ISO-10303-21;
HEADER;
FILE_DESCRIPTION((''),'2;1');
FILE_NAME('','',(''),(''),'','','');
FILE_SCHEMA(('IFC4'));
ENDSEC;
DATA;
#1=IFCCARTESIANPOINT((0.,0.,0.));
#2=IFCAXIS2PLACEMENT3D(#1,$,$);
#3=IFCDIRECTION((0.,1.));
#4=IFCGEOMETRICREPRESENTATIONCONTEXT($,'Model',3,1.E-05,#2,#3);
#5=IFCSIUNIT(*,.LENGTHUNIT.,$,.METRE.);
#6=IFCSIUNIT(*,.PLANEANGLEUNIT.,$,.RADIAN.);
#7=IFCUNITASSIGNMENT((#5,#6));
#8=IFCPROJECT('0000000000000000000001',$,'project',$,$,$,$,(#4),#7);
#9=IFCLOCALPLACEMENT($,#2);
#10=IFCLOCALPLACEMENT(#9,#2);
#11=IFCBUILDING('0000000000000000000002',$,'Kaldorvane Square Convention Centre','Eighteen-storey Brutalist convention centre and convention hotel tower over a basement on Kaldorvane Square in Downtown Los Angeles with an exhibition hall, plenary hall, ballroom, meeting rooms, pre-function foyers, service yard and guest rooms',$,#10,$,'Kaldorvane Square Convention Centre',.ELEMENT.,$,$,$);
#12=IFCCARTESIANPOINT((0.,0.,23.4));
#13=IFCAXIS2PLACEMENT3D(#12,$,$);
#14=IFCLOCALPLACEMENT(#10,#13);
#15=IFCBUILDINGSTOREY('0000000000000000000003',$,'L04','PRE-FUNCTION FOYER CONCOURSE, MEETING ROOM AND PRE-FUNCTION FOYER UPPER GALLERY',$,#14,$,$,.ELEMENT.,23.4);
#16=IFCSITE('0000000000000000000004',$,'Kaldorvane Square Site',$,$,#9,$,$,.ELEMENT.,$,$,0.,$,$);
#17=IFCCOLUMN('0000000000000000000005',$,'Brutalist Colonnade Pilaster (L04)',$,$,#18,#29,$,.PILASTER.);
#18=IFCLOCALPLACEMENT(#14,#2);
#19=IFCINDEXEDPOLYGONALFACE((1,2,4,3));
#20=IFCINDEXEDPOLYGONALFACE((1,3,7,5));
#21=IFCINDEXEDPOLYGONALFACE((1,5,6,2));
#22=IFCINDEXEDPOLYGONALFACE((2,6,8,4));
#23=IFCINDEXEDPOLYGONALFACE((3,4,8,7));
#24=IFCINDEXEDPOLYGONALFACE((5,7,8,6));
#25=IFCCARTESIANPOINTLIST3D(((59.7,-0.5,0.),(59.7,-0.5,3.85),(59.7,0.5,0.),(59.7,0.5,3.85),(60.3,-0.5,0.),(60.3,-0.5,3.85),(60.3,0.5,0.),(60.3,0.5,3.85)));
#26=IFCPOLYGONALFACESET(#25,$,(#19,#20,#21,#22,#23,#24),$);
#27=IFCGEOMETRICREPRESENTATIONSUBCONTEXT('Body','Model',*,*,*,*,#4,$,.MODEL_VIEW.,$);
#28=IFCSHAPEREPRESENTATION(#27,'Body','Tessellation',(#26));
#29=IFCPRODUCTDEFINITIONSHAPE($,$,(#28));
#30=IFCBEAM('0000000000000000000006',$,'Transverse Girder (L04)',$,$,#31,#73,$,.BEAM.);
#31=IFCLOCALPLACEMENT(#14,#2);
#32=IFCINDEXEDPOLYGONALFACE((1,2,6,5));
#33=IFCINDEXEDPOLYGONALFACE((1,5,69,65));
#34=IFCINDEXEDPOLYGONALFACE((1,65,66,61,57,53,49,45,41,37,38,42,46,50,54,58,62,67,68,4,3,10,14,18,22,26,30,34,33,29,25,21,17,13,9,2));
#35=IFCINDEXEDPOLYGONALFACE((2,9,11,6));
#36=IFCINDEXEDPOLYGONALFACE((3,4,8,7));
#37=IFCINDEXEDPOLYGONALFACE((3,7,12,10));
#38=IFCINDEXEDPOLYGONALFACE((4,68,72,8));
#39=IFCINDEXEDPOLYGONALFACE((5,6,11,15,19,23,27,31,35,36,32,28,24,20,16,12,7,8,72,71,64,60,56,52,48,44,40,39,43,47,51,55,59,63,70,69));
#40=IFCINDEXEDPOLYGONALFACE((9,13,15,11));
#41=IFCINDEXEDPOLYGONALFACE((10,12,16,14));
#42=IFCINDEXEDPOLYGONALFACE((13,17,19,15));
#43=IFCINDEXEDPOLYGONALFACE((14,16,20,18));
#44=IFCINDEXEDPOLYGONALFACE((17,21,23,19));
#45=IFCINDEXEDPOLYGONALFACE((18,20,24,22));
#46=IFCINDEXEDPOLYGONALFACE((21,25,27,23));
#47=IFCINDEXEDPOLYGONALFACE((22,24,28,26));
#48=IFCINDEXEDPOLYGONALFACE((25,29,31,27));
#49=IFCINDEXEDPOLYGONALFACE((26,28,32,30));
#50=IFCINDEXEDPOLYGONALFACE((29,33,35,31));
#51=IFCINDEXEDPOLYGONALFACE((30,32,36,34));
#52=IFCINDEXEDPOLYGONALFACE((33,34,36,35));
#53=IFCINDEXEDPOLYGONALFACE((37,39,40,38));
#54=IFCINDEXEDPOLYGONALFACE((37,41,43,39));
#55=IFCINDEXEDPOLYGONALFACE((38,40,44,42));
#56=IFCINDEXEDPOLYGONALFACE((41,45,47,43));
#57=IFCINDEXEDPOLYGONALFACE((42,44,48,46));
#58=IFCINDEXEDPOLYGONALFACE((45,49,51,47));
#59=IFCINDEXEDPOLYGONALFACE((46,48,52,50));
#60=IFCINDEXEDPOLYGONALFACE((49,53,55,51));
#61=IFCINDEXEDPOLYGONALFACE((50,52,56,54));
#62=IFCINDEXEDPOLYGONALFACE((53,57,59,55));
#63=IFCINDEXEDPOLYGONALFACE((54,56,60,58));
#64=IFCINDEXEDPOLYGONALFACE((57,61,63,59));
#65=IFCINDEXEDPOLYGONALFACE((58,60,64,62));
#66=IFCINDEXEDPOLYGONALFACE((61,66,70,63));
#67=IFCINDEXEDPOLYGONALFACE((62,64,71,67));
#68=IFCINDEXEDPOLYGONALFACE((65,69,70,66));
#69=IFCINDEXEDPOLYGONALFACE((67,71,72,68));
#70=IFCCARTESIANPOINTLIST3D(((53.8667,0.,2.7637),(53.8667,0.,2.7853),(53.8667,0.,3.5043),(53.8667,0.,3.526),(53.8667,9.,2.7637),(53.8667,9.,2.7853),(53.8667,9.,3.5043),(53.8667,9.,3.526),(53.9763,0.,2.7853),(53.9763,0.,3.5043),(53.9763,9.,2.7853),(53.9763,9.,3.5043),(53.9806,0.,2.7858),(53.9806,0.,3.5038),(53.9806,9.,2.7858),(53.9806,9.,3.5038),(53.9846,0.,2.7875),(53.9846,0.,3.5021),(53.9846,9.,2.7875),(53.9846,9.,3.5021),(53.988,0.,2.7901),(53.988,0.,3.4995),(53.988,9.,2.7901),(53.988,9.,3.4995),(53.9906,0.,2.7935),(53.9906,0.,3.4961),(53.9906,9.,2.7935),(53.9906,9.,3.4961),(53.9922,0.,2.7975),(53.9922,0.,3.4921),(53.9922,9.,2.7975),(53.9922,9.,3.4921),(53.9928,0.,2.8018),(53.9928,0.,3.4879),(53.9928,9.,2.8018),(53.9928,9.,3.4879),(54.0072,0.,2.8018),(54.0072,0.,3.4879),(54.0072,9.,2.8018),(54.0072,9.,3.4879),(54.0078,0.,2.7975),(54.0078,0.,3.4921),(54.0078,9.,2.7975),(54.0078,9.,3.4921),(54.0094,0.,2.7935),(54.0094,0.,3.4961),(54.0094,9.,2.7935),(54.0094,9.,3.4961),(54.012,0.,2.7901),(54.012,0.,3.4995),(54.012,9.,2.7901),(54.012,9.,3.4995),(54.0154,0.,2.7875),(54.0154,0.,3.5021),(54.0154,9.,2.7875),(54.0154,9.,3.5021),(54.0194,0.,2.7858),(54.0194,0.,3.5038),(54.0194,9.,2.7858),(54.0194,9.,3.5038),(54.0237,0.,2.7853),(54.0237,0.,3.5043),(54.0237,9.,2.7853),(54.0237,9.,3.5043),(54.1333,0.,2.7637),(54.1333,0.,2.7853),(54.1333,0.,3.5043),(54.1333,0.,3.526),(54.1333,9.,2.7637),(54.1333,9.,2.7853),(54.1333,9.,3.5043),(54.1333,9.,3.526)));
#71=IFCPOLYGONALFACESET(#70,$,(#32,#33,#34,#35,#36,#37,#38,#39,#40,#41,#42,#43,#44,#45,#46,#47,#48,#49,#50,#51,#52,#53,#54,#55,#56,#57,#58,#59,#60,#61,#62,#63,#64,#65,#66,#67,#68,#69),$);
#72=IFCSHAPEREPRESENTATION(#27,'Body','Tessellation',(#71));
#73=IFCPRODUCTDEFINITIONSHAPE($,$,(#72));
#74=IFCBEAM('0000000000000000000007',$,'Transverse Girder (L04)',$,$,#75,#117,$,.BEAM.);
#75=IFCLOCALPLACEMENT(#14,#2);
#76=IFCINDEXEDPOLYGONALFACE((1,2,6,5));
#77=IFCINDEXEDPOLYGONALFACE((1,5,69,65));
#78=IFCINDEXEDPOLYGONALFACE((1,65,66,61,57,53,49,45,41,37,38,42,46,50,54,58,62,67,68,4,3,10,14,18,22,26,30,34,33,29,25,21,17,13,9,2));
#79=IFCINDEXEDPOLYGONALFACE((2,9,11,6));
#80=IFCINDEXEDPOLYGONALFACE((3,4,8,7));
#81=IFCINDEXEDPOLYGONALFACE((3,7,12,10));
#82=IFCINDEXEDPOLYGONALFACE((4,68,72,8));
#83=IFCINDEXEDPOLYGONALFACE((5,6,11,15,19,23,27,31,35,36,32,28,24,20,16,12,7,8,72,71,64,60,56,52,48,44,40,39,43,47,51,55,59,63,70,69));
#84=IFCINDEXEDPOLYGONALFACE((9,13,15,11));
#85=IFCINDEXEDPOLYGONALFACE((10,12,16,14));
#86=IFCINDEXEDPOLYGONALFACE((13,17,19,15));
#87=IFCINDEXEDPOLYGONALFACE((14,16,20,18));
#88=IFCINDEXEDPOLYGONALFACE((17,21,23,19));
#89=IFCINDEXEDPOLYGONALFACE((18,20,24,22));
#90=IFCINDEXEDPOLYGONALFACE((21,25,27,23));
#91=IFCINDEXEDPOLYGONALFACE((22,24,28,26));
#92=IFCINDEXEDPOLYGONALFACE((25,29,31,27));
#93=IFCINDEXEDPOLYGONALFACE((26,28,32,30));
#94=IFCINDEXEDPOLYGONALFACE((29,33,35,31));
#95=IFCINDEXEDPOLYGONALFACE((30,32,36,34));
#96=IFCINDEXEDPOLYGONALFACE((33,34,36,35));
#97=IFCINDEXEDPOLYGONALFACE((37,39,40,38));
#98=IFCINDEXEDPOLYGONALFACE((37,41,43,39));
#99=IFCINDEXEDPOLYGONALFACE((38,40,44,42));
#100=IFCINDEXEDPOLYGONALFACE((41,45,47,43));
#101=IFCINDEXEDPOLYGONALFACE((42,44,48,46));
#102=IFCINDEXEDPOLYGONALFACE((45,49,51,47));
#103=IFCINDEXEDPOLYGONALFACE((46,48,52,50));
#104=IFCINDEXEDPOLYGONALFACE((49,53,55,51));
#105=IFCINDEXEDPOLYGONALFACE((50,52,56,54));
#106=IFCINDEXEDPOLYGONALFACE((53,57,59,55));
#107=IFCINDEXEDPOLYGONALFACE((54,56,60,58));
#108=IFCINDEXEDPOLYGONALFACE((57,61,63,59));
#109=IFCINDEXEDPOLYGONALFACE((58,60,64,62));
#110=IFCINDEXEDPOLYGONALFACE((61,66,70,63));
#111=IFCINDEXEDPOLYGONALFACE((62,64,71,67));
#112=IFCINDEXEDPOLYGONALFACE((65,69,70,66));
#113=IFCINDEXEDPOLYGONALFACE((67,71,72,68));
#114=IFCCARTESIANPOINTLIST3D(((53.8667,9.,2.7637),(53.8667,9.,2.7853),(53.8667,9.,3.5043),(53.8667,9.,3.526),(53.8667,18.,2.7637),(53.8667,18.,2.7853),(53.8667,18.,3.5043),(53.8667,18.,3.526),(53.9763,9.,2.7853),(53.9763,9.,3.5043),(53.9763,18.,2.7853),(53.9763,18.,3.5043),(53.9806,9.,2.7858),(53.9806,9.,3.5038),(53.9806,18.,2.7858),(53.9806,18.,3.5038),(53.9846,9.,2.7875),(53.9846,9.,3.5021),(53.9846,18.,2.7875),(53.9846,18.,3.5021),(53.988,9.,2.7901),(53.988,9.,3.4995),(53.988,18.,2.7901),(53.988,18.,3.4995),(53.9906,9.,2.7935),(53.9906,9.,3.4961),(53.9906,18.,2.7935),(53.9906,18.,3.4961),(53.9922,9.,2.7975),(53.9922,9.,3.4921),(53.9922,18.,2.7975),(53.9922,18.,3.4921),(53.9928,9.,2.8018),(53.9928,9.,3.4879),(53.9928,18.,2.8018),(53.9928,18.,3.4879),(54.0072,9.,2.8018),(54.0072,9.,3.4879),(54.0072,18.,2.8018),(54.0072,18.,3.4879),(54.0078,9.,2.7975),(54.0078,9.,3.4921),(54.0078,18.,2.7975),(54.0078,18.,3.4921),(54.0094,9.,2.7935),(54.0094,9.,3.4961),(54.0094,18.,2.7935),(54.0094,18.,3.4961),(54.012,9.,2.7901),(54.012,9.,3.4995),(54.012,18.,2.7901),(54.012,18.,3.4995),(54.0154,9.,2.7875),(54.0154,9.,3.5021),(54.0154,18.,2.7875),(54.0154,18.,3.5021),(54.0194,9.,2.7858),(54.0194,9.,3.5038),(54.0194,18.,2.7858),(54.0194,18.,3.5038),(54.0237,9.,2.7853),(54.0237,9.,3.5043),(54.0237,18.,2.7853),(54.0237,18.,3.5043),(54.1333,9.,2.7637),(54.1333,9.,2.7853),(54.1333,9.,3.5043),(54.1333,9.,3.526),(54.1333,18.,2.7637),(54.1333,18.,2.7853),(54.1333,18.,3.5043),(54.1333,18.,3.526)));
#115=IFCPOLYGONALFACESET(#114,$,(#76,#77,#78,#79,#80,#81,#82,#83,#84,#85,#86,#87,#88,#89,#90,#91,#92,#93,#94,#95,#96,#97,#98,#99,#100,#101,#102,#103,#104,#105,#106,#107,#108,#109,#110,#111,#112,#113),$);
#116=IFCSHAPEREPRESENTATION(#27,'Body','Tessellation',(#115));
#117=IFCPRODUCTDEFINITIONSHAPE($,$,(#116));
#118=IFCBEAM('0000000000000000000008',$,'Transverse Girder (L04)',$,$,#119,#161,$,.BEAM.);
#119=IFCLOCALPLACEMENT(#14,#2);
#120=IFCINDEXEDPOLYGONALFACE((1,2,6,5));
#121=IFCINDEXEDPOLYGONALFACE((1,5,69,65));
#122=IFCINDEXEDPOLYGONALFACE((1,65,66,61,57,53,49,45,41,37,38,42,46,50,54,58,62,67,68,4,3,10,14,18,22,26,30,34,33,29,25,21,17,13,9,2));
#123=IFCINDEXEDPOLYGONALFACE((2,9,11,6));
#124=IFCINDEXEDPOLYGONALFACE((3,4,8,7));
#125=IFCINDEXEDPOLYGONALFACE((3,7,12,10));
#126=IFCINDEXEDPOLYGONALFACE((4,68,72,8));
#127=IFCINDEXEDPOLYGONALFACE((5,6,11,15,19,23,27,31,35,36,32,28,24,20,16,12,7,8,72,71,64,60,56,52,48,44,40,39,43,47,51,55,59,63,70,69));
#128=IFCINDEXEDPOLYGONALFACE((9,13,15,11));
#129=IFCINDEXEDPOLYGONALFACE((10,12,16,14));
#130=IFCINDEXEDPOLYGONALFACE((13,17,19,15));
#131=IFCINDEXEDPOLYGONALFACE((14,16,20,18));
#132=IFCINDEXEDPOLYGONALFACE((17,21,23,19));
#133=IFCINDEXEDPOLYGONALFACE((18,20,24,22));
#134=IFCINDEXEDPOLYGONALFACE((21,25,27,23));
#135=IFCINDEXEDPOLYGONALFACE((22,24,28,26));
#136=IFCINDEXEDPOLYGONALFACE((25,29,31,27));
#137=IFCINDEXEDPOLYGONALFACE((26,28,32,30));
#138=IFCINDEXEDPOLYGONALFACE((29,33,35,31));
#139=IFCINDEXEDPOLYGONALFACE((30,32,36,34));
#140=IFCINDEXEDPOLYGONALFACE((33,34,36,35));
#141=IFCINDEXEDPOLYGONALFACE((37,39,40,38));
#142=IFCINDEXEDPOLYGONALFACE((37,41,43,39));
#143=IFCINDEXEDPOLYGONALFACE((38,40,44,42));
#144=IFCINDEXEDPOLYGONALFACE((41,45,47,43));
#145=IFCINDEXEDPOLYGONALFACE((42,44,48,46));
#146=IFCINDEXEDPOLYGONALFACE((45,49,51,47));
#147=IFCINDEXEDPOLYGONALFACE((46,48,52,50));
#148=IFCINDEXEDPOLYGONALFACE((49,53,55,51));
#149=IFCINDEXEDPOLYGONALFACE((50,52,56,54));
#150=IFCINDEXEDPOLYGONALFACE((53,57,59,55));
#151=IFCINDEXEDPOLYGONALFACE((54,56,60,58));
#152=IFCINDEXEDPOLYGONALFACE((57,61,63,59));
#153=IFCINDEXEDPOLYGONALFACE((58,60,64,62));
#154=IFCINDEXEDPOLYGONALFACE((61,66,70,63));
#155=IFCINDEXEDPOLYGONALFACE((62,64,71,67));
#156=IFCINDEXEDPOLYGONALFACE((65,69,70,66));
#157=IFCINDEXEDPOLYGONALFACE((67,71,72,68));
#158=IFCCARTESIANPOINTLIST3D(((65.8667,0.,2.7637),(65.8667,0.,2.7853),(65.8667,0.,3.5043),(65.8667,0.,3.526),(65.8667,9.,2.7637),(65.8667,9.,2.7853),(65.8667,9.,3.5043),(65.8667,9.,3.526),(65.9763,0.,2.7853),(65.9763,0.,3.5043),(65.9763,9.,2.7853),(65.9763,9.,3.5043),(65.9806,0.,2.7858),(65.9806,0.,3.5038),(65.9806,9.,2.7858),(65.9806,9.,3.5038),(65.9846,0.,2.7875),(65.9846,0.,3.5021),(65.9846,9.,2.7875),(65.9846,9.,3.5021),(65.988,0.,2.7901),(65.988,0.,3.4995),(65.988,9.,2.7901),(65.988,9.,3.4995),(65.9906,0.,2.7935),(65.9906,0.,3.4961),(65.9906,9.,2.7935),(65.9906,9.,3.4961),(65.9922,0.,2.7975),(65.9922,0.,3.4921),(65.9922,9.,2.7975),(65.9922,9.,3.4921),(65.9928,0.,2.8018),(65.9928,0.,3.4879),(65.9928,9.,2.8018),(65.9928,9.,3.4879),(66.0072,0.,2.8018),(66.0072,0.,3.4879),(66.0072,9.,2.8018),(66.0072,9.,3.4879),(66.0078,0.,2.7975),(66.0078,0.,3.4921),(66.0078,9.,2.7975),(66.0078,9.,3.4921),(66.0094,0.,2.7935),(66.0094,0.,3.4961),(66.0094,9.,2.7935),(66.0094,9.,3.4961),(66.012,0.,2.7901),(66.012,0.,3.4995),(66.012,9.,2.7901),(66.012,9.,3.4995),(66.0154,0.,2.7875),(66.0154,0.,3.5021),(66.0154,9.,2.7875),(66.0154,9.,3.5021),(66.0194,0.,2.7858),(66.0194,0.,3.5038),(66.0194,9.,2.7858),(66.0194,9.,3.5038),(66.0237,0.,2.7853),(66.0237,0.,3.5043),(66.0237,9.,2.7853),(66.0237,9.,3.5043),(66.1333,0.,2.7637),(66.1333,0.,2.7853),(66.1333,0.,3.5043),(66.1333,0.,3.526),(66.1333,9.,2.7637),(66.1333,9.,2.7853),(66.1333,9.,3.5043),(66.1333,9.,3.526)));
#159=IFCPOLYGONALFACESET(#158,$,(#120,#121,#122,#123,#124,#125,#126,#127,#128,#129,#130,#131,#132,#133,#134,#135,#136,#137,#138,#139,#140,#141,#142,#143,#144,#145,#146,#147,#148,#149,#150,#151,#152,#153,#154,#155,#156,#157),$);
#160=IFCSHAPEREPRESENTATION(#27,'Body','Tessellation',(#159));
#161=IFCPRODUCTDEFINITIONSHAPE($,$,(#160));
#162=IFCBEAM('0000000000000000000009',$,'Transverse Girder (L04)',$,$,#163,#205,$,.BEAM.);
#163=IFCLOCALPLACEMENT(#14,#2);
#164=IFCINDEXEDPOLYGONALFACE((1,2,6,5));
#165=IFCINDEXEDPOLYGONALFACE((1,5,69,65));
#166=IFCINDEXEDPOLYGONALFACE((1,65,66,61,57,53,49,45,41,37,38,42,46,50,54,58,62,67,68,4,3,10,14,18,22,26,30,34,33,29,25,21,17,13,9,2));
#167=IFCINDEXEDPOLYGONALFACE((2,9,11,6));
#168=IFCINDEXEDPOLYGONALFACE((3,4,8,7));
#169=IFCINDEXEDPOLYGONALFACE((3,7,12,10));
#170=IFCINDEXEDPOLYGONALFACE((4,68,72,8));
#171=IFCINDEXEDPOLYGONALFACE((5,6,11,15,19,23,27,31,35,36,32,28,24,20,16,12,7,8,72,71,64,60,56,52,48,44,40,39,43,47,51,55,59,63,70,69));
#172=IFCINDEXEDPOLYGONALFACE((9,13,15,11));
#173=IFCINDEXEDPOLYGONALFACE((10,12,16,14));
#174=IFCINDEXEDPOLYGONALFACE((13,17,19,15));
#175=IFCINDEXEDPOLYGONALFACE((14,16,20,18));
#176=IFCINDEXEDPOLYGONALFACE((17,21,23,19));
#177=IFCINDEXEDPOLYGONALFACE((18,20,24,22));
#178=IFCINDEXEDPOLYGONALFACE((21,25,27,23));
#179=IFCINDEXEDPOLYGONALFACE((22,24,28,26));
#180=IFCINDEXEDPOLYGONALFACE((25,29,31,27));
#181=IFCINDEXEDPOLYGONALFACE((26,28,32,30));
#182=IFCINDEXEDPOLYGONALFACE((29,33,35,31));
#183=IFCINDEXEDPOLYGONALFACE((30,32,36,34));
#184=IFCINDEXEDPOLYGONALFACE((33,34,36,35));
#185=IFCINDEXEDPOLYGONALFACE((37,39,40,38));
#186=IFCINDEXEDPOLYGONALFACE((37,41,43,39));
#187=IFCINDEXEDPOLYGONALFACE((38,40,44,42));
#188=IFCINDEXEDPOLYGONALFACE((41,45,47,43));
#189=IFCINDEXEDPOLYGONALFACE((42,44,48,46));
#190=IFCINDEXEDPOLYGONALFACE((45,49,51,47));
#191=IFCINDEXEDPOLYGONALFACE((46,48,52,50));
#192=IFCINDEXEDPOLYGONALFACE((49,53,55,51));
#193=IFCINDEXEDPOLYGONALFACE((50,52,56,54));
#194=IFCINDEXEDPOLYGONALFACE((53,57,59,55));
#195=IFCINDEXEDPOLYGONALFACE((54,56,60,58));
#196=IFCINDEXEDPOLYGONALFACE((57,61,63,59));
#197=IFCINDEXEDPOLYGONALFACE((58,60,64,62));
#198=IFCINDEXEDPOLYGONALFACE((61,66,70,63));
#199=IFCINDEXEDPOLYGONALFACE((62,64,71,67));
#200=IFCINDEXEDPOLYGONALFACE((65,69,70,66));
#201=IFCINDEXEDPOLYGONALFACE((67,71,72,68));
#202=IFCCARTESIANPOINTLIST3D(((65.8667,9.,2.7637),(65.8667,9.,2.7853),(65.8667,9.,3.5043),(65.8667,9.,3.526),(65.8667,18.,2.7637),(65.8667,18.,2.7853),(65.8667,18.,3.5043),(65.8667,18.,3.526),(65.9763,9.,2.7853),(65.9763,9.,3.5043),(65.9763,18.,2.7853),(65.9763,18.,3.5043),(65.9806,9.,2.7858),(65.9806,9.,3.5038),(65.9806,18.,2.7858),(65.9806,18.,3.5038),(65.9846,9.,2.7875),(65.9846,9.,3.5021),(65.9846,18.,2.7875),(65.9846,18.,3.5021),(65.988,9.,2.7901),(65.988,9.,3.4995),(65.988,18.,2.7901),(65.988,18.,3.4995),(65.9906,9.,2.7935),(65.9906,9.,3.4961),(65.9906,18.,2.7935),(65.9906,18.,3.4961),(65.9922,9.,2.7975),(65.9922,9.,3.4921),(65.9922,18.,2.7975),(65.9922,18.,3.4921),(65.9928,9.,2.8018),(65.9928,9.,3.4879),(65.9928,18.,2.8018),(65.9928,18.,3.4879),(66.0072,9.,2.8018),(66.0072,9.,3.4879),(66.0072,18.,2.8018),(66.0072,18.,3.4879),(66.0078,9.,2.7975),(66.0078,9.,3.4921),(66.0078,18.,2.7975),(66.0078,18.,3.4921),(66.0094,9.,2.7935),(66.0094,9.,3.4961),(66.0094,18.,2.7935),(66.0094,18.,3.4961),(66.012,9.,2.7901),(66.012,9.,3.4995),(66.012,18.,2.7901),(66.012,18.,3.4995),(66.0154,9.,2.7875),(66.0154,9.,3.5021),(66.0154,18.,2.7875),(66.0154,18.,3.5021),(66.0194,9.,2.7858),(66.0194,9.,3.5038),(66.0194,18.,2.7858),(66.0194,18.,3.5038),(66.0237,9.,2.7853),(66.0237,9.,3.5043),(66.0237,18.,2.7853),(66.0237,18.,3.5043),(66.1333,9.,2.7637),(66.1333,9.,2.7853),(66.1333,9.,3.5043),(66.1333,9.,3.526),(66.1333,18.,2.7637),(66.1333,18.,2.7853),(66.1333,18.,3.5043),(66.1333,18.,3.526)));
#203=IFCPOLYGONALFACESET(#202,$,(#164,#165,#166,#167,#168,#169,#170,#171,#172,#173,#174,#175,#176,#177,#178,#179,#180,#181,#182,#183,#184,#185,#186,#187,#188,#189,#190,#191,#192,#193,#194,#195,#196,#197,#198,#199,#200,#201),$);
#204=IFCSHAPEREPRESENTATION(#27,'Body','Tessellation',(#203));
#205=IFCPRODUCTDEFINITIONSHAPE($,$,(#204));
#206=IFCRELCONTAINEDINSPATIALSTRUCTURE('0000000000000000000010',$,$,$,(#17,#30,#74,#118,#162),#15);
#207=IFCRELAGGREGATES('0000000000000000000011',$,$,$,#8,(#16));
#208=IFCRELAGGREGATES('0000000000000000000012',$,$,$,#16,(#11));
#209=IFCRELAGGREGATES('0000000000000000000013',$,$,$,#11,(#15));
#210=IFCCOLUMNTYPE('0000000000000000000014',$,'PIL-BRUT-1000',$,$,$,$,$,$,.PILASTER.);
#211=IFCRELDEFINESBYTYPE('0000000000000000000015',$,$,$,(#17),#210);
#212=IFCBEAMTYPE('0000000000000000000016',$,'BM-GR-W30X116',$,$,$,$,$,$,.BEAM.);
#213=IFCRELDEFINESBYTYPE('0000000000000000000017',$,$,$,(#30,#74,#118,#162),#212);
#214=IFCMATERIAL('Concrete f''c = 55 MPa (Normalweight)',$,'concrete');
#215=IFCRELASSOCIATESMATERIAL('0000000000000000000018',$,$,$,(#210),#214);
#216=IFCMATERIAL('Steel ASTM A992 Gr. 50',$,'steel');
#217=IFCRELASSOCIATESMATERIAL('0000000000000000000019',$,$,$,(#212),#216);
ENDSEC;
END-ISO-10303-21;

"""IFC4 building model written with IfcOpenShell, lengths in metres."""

from ifc_helpers import new_model, si_unit, direction, frame, origin, origin_2d, place, context, subcontext, project, spatial, rectangle, i_section, extrude, material, material_profile, profile_set, type_object, element, save


model = new_model("IFC4")

# Units and contexts
model_context = context("Model", 3, precision=1e-05, world=origin(), true_north=direction((0.0, 1.0)))
body_context = subcontext(model_context, "Body", "Model", "MODEL_VIEW")
ifc_project = project(units=[si_unit("LENGTHUNIT", "METRE"), si_unit("PLANEANGLEUNIT", "RADIAN")], contexts=[model_context])

# Site, building, storey
site_placement = place(None, origin())
site = spatial("IfcSite", under=ifc_project, at=site_placement, Name="Kaldorvane Square Site", CompositionType="ELEMENT", RefElevation=0.0)
building_placement = place(site_placement, origin())
building = spatial("IfcBuilding", under=site, at=building_placement, Name="Kaldorvane Square Convention Centre", Description="Eighteen-storey Brutalist convention centre and convention hotel tower over a basement on Kaldorvane Square in Downtown Los Angeles with an exhibition hall, plenary hall, ballroom, meeting rooms, pre-function foyers, service yard and guest rooms", LongName="Kaldorvane Square Convention Centre", CompositionType="ELEMENT")
storey_placement = place(building_placement, frame((0.0, 0.0, 23.4)))
storey = spatial("IfcBuildingStorey", under=building, at=storey_placement, Name="L04", Description="PRE-FUNCTION FOYER CONCOURSE, MEETING ROOM AND PRE-FUNCTION FOYER UPPER GALLERY", CompositionType="ELEMENT", Elevation=23.4)

# Column
ifc_material_1 = material(Name="Concrete f'c = 55 MPa (Normalweight)", Category="concrete")
ifc_material_2 = material(Name="Steel ASTM A992 Gr. 50", Category="steel")
ifc_material_profile_1 = material_profile(ifc_material_1, rectangle(XDim=0.6, YDim=1.0, at=origin_2d()), Name="PIL1000X600")
ifc_profile_set_1 = profile_set([ifc_material_profile_1], Name="Concrete f'c = 55 MPa (Normalweight)")
column_type_1 = type_object("IfcColumnType", Name="PIL-BRUT-1000", PredefinedType="PILASTER", material=ifc_profile_set_1)
column_1_placement = place(storey_placement, frame((60.0, 0.0, 0.0), z_axis=(0.0, 0.0, 1.0), x_axis=(1.0, 0.0, 0.0)))
element("IfcColumn", 1, at=column_1_placement, inside=storey, type_object=column_type_1, Name="Brutalist Colonnade Pilaster (L04)", PredefinedType="PILASTER", context=body_context, shape_type="SweptSolid", body=[
    extrude(rectangle(XDim=0.6, YDim=1.0, at=origin_2d()), origin(), (0.0, 0.0, 1.0), 3.85),
])

# Beams
ifc_material_profile_2 = material_profile(ifc_material_2, i_section(OverallWidth=0.2666, OverallDepth=0.7623, WebThickness=0.0144, FlangeThickness=0.0216, FilletRadius=0.0165, at=origin_2d()), Name="W30X116")
ifc_profile_set_2 = profile_set([ifc_material_profile_2], Name="Steel ASTM A992 Gr. 50")
beam_type_1 = type_object("IfcBeamType", Name="BM-GR-W30X116", PredefinedType="BEAM", material=ifc_profile_set_2)
for number, where, z_axis, x_axis, name in (
    (2, (54.0, 0.0, 3.1448), (0.0, 1.0, 0.0), (-1.0, 0.0, 0.0), "Transverse Girder (L04)"),
    (3, (54.0, 9.0, 3.1448), (0.0, 1.0, 0.0), (-1.0, 0.0, 0.0), "Transverse Girder (L04)"),
    (4, (66.0, 0.0, 3.1448), (0.0, 1.0, 0.0), (-1.0, 0.0, 0.0), "Transverse Girder (L04)"),
    (5, (66.0, 9.0, 3.1448), (0.0, 1.0, 0.0), (-1.0, 0.0, 0.0), "Transverse Girder (L04)"),
):
    element("IfcBeam", number, at=place(storey_placement, frame(where, z_axis=z_axis, x_axis=x_axis)), inside=storey, type_object=beam_type_1, Name=name, PredefinedType="BEAM", context=body_context, shape_type="SweptSolid", body=[
        extrude(i_section(OverallWidth=0.2666, OverallDepth=0.7623, WebThickness=0.0144, FlangeThickness=0.0216, FilletRadius=0.0165, at=origin_2d()), origin(), (0.0, 0.0, 1.0), 9.0),
    ])

save(model, "model.ifc")
